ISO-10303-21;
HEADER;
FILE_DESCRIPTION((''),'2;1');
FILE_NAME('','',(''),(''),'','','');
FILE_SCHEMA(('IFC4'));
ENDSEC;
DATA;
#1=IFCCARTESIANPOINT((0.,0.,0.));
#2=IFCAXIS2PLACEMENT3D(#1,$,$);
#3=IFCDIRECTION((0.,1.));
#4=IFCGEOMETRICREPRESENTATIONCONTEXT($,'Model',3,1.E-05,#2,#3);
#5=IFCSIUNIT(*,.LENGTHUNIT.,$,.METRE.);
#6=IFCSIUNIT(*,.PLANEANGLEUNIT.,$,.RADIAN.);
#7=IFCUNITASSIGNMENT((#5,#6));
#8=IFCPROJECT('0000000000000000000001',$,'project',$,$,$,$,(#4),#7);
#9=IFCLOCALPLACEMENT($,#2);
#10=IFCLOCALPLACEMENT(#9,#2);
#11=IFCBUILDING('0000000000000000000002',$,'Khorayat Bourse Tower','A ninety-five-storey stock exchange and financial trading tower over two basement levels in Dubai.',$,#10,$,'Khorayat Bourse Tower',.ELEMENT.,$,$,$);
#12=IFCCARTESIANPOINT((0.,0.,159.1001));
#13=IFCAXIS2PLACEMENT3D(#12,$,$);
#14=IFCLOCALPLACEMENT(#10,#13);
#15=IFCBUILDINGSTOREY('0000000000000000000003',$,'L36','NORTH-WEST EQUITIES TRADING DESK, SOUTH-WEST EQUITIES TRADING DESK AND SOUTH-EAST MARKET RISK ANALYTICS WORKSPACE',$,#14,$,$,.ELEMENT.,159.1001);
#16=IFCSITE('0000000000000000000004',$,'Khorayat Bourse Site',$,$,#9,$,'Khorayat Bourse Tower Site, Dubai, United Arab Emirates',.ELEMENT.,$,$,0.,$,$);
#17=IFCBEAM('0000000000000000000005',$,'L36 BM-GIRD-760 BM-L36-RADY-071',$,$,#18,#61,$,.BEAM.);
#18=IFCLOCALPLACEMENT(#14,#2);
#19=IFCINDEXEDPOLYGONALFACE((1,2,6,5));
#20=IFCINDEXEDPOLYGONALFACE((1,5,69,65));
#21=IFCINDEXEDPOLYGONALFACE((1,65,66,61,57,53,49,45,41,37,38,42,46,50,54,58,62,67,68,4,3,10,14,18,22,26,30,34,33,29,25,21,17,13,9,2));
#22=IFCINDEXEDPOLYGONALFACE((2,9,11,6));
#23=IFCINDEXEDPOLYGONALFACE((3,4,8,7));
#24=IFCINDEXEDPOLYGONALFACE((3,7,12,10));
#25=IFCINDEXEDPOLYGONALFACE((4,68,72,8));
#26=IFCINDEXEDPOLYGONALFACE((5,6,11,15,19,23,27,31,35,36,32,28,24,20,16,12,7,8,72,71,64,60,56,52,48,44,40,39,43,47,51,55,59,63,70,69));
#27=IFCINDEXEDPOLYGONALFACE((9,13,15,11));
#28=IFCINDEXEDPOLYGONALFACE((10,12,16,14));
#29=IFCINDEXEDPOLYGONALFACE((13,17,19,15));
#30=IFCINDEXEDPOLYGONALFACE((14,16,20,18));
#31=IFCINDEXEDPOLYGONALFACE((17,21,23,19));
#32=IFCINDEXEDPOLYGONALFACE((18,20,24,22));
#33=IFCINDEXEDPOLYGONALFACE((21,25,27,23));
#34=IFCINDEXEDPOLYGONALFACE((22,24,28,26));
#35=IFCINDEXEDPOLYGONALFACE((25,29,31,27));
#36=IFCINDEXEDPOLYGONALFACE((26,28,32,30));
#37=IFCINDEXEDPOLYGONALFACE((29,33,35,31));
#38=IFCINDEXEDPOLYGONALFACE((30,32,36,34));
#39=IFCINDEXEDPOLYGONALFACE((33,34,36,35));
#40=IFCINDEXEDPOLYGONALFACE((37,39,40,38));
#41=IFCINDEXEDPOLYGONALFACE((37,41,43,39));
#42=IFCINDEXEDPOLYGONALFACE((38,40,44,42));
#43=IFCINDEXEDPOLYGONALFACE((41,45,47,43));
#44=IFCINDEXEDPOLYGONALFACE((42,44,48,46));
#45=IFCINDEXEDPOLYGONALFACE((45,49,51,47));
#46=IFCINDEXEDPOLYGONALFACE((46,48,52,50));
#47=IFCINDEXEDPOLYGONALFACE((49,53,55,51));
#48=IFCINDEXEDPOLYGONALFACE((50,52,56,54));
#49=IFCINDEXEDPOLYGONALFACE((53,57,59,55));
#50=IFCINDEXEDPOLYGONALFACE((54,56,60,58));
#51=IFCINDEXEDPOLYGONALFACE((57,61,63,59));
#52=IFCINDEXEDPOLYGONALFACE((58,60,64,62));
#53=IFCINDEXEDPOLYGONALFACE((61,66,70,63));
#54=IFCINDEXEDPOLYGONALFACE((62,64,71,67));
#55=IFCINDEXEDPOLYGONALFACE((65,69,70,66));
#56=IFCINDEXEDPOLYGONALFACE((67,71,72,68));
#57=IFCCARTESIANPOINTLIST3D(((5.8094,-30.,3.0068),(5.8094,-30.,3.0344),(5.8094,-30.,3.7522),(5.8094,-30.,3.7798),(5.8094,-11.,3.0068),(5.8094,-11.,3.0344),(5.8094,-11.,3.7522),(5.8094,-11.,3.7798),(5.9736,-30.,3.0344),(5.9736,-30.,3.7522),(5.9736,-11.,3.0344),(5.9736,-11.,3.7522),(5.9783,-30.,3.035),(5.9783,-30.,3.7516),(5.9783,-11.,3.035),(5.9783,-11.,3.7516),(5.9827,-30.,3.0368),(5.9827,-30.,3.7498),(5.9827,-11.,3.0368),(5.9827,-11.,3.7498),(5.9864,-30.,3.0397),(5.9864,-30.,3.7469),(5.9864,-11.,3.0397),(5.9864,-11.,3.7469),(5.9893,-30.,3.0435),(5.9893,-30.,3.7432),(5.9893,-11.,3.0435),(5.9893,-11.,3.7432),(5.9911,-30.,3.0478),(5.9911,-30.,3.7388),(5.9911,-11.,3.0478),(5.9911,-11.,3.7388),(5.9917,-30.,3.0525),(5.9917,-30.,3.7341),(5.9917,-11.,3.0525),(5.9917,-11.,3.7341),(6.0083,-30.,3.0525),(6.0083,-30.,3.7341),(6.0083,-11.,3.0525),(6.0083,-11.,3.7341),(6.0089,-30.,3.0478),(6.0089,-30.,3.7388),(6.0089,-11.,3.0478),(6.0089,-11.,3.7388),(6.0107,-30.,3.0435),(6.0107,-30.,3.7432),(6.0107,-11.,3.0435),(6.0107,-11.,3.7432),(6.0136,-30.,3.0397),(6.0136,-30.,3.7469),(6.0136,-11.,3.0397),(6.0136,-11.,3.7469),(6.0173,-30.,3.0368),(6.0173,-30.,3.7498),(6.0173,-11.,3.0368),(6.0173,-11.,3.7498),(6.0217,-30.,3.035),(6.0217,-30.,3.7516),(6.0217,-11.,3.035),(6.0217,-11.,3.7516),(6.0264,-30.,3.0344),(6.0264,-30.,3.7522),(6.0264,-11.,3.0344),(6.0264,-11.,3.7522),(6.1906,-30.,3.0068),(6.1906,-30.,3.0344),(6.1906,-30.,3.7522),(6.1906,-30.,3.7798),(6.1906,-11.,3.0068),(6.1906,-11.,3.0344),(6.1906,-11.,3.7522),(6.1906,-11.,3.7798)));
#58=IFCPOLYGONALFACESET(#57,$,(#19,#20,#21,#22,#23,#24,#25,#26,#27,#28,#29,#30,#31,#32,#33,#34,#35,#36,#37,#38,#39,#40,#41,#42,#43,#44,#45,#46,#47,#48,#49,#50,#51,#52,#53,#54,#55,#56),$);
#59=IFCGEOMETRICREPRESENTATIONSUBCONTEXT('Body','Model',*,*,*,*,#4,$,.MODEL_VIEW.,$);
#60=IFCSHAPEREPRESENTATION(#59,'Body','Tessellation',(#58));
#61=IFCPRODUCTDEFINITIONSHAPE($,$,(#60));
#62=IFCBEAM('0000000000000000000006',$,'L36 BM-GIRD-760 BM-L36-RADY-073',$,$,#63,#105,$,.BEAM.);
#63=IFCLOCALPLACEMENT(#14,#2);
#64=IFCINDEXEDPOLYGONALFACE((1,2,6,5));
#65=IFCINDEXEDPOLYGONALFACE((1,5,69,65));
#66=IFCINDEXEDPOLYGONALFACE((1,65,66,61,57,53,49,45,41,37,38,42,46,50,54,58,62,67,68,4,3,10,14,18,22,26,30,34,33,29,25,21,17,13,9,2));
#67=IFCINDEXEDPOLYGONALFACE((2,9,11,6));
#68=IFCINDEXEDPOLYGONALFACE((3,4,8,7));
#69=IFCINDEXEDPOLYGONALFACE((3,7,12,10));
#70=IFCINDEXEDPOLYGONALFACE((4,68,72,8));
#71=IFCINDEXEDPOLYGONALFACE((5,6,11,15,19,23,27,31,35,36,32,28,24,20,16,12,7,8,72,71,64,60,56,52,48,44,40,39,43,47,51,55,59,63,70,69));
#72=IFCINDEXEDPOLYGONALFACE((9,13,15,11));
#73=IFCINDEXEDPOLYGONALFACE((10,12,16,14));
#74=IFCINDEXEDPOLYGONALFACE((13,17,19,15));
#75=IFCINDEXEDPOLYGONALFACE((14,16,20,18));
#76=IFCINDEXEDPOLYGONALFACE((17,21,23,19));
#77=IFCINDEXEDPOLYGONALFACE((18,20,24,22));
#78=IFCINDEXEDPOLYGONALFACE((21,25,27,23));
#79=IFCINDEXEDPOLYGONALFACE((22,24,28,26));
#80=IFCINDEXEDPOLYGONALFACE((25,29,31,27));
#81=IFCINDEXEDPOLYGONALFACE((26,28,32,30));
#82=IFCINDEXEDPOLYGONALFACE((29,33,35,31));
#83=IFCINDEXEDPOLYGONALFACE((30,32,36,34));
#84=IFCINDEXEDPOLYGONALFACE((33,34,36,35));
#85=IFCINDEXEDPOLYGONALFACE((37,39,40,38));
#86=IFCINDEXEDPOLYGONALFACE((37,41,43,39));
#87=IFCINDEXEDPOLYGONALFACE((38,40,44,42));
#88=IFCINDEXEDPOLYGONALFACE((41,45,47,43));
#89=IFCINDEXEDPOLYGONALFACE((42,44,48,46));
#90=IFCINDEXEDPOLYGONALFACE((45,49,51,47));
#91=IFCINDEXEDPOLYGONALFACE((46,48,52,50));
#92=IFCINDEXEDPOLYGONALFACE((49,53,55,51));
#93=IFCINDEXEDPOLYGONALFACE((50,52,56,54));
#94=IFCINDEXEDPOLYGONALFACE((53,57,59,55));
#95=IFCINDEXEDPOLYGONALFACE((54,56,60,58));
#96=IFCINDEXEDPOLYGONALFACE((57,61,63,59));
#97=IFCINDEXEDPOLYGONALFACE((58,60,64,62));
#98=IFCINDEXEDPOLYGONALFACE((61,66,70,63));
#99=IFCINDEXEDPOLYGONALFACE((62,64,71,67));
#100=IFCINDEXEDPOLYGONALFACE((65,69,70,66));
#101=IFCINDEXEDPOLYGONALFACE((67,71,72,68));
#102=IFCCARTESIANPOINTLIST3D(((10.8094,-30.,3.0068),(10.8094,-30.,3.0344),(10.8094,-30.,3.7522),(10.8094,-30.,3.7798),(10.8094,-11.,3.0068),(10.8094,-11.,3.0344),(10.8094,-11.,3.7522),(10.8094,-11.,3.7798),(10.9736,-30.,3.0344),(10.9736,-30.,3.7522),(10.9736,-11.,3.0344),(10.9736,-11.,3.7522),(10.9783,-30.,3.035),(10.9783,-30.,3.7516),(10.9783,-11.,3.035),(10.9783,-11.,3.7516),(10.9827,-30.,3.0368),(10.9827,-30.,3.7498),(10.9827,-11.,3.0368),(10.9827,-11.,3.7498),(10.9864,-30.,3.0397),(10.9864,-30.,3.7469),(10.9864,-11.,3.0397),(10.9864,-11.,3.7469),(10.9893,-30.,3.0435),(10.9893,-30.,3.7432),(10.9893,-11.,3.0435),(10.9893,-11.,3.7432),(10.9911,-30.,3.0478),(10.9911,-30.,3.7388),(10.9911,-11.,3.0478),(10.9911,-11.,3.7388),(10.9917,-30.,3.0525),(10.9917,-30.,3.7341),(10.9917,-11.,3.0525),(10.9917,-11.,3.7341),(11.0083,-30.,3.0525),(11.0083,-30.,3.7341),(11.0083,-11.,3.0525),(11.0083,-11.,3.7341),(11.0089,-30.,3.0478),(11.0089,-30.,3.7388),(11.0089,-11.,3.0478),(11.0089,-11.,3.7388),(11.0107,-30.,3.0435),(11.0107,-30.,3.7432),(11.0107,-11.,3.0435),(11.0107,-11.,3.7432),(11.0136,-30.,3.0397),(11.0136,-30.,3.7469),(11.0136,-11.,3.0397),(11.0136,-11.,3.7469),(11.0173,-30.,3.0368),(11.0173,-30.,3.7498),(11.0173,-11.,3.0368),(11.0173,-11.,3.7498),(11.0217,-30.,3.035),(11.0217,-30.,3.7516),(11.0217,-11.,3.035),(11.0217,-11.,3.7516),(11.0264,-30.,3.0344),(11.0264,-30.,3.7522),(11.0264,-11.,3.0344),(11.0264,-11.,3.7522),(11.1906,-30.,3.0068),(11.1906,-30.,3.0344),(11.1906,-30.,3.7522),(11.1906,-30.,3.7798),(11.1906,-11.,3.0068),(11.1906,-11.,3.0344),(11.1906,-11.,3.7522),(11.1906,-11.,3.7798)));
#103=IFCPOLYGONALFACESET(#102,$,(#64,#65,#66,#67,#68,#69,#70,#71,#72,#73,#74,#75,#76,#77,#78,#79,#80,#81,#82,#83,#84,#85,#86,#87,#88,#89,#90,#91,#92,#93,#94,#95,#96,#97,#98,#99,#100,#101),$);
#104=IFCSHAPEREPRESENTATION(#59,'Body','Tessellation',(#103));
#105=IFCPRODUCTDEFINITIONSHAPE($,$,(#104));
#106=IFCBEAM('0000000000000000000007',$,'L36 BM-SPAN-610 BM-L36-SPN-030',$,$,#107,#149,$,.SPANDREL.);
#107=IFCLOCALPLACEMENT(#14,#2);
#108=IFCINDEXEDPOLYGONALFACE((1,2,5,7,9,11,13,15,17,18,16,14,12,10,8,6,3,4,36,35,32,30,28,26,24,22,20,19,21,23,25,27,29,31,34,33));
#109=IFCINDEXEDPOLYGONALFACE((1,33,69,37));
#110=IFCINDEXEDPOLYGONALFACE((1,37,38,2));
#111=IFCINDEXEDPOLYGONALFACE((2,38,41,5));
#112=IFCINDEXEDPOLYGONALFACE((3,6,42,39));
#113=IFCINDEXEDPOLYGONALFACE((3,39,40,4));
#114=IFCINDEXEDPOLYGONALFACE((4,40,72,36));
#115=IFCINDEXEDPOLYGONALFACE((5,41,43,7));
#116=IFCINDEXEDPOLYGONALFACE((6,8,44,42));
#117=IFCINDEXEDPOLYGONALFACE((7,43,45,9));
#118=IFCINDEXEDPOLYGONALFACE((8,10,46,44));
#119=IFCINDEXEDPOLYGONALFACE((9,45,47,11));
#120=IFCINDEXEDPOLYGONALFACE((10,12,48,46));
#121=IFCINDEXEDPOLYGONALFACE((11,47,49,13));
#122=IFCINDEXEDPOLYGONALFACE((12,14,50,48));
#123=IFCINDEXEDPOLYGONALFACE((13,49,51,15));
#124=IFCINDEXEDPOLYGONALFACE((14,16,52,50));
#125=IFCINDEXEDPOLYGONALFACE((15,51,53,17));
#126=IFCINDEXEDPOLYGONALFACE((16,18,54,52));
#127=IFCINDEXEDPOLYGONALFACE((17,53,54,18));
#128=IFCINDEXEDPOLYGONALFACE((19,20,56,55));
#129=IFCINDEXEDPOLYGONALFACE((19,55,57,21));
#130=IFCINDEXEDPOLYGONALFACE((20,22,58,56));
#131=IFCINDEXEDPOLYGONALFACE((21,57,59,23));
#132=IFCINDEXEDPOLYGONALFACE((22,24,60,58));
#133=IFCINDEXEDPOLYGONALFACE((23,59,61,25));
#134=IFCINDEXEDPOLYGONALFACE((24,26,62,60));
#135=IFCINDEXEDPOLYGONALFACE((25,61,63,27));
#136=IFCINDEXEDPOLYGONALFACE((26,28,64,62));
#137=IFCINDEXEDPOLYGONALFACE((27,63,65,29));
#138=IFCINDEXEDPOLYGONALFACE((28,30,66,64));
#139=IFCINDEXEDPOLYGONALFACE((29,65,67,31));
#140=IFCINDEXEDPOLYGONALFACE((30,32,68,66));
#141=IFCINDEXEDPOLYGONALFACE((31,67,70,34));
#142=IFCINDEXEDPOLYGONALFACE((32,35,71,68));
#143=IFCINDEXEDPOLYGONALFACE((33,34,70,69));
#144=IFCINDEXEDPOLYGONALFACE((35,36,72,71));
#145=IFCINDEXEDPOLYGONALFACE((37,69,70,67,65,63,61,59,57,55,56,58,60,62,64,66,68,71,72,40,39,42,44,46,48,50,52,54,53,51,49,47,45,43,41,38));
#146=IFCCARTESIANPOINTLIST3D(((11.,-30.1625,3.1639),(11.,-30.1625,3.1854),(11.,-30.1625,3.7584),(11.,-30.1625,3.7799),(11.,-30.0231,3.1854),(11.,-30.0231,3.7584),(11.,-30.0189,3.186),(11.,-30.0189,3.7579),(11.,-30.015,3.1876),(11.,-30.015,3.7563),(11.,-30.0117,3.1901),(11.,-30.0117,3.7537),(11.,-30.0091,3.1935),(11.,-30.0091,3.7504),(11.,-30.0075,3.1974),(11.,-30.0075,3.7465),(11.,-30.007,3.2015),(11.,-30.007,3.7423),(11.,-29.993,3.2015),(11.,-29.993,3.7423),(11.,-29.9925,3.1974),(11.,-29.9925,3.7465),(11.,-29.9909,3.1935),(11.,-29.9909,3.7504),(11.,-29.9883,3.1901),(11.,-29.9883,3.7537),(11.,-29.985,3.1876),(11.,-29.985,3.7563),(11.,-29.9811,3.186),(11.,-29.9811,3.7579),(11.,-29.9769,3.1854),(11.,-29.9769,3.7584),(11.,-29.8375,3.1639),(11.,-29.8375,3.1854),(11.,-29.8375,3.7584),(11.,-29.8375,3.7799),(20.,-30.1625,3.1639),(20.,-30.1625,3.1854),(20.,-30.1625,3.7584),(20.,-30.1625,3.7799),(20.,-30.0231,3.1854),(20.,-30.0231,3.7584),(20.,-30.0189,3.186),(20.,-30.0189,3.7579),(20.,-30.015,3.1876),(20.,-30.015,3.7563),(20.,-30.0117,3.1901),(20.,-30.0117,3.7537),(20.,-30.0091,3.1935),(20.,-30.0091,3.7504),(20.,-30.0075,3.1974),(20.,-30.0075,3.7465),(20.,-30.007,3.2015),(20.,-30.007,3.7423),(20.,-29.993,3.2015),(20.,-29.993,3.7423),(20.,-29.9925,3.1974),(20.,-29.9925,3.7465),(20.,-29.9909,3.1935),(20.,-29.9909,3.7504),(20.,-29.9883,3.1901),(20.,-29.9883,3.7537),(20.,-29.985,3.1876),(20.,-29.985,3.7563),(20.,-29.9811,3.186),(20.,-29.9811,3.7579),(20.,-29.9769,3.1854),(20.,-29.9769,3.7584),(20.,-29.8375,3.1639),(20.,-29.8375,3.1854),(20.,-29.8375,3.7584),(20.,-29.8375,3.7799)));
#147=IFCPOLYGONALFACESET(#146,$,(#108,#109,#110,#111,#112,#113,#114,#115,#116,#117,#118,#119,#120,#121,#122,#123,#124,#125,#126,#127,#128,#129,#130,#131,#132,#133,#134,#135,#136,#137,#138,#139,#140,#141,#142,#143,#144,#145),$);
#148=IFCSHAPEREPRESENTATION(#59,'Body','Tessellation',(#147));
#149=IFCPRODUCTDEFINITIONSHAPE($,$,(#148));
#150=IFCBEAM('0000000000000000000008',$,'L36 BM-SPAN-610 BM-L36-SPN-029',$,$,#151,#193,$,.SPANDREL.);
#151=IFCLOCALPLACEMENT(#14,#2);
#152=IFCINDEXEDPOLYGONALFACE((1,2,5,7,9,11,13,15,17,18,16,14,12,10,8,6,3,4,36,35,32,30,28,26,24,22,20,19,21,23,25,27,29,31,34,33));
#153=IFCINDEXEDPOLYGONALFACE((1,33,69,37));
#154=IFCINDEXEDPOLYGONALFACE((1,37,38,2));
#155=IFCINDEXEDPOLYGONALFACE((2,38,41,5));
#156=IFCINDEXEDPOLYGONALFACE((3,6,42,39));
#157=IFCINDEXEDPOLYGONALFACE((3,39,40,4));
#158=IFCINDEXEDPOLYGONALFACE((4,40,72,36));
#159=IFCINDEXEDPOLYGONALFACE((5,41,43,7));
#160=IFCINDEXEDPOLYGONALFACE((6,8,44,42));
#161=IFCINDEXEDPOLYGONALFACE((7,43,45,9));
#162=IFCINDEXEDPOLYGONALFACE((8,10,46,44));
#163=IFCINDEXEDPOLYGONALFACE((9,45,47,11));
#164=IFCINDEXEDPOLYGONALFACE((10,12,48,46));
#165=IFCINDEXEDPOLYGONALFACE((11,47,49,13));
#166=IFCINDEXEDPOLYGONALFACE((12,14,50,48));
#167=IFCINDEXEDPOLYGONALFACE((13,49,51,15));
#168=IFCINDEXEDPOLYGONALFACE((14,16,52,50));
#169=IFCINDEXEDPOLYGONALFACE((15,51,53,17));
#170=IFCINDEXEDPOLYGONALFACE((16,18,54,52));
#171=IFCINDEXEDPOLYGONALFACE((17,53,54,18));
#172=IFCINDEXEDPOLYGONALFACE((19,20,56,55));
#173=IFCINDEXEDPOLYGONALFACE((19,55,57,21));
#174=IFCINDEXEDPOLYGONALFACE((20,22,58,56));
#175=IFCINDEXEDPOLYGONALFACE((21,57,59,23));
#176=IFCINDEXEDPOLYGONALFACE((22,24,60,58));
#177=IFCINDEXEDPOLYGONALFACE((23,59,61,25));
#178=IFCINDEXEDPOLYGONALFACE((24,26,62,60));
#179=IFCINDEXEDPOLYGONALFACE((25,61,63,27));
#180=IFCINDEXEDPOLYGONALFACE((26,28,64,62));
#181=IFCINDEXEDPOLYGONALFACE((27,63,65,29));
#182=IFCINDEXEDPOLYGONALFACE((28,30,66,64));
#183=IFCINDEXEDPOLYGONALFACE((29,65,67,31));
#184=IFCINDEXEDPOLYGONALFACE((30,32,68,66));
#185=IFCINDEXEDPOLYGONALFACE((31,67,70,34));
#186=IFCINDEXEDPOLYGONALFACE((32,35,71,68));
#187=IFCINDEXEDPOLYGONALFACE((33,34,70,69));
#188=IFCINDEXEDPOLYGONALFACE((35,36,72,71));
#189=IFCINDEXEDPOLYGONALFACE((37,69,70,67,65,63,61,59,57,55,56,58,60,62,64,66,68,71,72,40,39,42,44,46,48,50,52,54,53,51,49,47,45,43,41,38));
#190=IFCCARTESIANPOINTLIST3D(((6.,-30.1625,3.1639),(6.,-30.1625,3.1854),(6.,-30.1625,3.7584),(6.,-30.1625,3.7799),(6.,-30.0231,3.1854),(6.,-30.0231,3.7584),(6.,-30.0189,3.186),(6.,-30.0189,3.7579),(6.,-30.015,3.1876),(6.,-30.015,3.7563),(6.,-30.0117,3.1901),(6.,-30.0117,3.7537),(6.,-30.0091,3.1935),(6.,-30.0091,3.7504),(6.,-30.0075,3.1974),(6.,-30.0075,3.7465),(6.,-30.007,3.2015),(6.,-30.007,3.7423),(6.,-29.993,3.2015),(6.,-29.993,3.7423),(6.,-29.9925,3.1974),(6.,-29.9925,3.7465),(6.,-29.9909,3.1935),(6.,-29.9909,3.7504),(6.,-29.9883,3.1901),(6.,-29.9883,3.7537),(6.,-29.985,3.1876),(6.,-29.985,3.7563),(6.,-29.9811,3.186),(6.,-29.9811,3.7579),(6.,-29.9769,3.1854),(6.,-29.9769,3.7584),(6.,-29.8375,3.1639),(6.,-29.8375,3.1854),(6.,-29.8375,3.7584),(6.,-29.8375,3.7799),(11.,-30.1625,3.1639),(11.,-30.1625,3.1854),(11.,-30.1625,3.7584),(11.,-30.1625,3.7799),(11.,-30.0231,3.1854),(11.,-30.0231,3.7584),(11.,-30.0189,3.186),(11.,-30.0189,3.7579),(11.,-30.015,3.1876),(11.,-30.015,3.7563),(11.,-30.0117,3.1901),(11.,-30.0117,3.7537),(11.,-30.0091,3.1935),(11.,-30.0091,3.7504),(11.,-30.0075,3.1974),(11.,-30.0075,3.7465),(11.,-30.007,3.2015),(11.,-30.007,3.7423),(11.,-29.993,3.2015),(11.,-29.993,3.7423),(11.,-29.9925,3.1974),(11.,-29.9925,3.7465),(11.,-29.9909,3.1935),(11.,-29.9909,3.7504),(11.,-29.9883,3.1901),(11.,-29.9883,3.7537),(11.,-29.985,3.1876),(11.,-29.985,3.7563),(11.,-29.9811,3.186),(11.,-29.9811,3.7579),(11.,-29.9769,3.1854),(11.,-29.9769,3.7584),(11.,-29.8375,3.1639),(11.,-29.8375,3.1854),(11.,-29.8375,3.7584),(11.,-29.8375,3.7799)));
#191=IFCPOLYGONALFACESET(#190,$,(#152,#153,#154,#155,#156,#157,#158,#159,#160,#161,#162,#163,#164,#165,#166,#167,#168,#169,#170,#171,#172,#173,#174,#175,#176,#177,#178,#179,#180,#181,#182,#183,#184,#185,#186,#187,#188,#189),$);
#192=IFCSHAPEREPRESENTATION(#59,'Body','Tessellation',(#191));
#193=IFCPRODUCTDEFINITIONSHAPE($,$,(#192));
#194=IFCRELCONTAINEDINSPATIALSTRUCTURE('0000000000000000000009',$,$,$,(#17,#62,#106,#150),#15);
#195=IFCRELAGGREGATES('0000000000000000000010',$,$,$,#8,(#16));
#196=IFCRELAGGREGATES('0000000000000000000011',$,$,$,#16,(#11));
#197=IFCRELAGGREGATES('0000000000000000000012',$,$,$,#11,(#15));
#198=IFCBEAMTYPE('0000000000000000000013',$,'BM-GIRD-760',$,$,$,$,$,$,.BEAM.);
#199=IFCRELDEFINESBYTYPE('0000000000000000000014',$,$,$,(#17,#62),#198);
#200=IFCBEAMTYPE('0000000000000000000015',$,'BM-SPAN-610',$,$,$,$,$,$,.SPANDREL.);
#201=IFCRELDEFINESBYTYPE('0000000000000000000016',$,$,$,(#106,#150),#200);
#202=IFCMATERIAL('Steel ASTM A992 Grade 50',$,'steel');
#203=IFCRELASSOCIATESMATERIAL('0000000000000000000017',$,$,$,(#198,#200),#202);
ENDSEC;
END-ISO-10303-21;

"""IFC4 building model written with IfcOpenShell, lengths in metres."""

from ifc_helpers import new_model, si_unit, direction, frame, origin, origin_2d, place, context, subcontext, project, spatial, i_section, extrude, source, transform, mapped, material, material_profile, profile_set, type_object, element, save


model = new_model("IFC4")

# Units and contexts
model_context = context("Model", 3, precision=1e-05, world=origin(), true_north=direction((0.0, 1.0)))
body_context = subcontext(model_context, "Body", "Model", "MODEL_VIEW")
ifc_project = project(units=[si_unit("LENGTHUNIT", "METRE"), si_unit("PLANEANGLEUNIT", "RADIAN")], contexts=[model_context])

# Site, building, storey
site_placement = place(None, origin())
site = spatial("IfcSite", under=ifc_project, at=site_placement, Name="Khorayat Bourse Site", LongName="Khorayat Bourse Tower Site, Dubai, United Arab Emirates", CompositionType="ELEMENT", RefElevation=0.0)
building_placement = place(site_placement, origin())
building = spatial("IfcBuilding", under=site, at=building_placement, Name="Khorayat Bourse Tower", Description="A ninety-five-storey stock exchange and financial trading tower over two basement levels in Dubai.", LongName="Khorayat Bourse Tower", CompositionType="ELEMENT")
storey_placement = place(building_placement, frame((0.0, 0.0, 159.1001)))
storey = spatial("IfcBuildingStorey", under=building, at=storey_placement, Name="L36", Description="NORTH-WEST EQUITIES TRADING DESK, SOUTH-WEST EQUITIES TRADING DESK AND SOUTH-EAST MARKET RISK ANALYTICS WORKSPACE", CompositionType="ELEMENT", Elevation=159.1001)

# Beams
ifc_material_1 = material(Name="Steel ASTM A992 Grade 50", Category="steel")
ifc_material_profile_1 = material_profile(ifc_material_1, i_section(OverallWidth=0.3811, OverallDepth=0.7729, WebThickness=0.0166, FlangeThickness=0.0276, FilletRadius=0.0181, at=origin_2d()), Name="W760X257")
ifc_profile_set_1 = profile_set([ifc_material_profile_1], Name="Steel ASTM A992 Grade 50")
beam_type_1 = type_object("IfcBeamType", Name="BM-GIRD-760", PredefinedType="BEAM", material=ifc_profile_set_1)
shared_shape_1 = source(origin(), body_context, "Body", "SweptSolid", [
    extrude(i_section(OverallWidth=0.3811, OverallDepth=0.7729, WebThickness=0.0166, FlangeThickness=0.0276, FilletRadius=0.0181, at=origin_2d()), origin(), (0.0, 0.0, 1.0), 19.0),
])
for number, where, z_axis, x_axis, name in (
    (1, (6.0, -30.0, 3.3933), (0.0, 1.0, 0.0), (-1.0, 0.0, 0.0), "L36 BM-GIRD-760 BM-L36-RADY-071"),
    (2, (11.0, -30.0, 3.3933), (0.0, 1.0, 0.0), (-1.0, 0.0, 0.0), "L36 BM-GIRD-760 BM-L36-RADY-073"),
):
    element("IfcBeam", number, at=place(storey_placement, frame(where, z_axis=z_axis, x_axis=x_axis)), inside=storey, type_object=beam_type_1, Name=name, PredefinedType="BEAM", context=body_context, shape_type="MappedRepresentation", body=[
        mapped(shared_shape_1, transform((0.0, 0.0, 0.0), scale=1.0)),
    ])
ifc_material_profile_2 = material_profile(ifc_material_1, i_section(OverallWidth=0.325, OverallDepth=0.616, WebThickness=0.0139, FlangeThickness=0.0215, FilletRadius=0.0161, at=origin_2d()), Name="W610X174")
ifc_profile_set_2 = profile_set([ifc_material_profile_2], Name="Steel ASTM A992 Grade 50")
beam_type_2 = type_object("IfcBeamType", Name="BM-SPAN-610", PredefinedType="SPANDREL", material=ifc_profile_set_2)
shared_shape_2 = source(origin(), body_context, "Body", "SweptSolid", [
    extrude(i_section(OverallWidth=0.325, OverallDepth=0.616, WebThickness=0.0139, FlangeThickness=0.0215, FilletRadius=0.0161, at=origin_2d()), origin(), (0.0, 0.0, 1.0), 9.0),
])
beam_1_placement = place(storey_placement, frame((11.0, -30.0, 3.4719), z_axis=(1.0, 0.0, 0.0), x_axis=(0.0, 1.0, 0.0)))
element("IfcBeam", 3, at=beam_1_placement, inside=storey, type_object=beam_type_2, Name="L36 BM-SPAN-610 BM-L36-SPN-030", PredefinedType="SPANDREL", context=body_context, shape_type="MappedRepresentation", body=[
    mapped(shared_shape_2, transform((0.0, 0.0, 0.0), scale=1.0)),
])
shared_shape_3 = source(origin(), body_context, "Body", "SweptSolid", [
    extrude(i_section(OverallWidth=0.325, OverallDepth=0.616, WebThickness=0.0139, FlangeThickness=0.0215, FilletRadius=0.0161, at=origin_2d()), origin(), (0.0, 0.0, 1.0), 5.0),
])
beam_2_placement = place(storey_placement, frame((6.0, -30.0, 3.4719), z_axis=(1.0, 0.0, 0.0), x_axis=(0.0, 1.0, 0.0)))
element("IfcBeam", 4, at=beam_2_placement, inside=storey, type_object=beam_type_2, Name="L36 BM-SPAN-610 BM-L36-SPN-029", PredefinedType="SPANDREL", context=body_context, shape_type="MappedRepresentation", body=[
    mapped(shared_shape_3, transform((0.0, 0.0, 0.0), scale=1.0)),
])

save(model, "model.ifc")
